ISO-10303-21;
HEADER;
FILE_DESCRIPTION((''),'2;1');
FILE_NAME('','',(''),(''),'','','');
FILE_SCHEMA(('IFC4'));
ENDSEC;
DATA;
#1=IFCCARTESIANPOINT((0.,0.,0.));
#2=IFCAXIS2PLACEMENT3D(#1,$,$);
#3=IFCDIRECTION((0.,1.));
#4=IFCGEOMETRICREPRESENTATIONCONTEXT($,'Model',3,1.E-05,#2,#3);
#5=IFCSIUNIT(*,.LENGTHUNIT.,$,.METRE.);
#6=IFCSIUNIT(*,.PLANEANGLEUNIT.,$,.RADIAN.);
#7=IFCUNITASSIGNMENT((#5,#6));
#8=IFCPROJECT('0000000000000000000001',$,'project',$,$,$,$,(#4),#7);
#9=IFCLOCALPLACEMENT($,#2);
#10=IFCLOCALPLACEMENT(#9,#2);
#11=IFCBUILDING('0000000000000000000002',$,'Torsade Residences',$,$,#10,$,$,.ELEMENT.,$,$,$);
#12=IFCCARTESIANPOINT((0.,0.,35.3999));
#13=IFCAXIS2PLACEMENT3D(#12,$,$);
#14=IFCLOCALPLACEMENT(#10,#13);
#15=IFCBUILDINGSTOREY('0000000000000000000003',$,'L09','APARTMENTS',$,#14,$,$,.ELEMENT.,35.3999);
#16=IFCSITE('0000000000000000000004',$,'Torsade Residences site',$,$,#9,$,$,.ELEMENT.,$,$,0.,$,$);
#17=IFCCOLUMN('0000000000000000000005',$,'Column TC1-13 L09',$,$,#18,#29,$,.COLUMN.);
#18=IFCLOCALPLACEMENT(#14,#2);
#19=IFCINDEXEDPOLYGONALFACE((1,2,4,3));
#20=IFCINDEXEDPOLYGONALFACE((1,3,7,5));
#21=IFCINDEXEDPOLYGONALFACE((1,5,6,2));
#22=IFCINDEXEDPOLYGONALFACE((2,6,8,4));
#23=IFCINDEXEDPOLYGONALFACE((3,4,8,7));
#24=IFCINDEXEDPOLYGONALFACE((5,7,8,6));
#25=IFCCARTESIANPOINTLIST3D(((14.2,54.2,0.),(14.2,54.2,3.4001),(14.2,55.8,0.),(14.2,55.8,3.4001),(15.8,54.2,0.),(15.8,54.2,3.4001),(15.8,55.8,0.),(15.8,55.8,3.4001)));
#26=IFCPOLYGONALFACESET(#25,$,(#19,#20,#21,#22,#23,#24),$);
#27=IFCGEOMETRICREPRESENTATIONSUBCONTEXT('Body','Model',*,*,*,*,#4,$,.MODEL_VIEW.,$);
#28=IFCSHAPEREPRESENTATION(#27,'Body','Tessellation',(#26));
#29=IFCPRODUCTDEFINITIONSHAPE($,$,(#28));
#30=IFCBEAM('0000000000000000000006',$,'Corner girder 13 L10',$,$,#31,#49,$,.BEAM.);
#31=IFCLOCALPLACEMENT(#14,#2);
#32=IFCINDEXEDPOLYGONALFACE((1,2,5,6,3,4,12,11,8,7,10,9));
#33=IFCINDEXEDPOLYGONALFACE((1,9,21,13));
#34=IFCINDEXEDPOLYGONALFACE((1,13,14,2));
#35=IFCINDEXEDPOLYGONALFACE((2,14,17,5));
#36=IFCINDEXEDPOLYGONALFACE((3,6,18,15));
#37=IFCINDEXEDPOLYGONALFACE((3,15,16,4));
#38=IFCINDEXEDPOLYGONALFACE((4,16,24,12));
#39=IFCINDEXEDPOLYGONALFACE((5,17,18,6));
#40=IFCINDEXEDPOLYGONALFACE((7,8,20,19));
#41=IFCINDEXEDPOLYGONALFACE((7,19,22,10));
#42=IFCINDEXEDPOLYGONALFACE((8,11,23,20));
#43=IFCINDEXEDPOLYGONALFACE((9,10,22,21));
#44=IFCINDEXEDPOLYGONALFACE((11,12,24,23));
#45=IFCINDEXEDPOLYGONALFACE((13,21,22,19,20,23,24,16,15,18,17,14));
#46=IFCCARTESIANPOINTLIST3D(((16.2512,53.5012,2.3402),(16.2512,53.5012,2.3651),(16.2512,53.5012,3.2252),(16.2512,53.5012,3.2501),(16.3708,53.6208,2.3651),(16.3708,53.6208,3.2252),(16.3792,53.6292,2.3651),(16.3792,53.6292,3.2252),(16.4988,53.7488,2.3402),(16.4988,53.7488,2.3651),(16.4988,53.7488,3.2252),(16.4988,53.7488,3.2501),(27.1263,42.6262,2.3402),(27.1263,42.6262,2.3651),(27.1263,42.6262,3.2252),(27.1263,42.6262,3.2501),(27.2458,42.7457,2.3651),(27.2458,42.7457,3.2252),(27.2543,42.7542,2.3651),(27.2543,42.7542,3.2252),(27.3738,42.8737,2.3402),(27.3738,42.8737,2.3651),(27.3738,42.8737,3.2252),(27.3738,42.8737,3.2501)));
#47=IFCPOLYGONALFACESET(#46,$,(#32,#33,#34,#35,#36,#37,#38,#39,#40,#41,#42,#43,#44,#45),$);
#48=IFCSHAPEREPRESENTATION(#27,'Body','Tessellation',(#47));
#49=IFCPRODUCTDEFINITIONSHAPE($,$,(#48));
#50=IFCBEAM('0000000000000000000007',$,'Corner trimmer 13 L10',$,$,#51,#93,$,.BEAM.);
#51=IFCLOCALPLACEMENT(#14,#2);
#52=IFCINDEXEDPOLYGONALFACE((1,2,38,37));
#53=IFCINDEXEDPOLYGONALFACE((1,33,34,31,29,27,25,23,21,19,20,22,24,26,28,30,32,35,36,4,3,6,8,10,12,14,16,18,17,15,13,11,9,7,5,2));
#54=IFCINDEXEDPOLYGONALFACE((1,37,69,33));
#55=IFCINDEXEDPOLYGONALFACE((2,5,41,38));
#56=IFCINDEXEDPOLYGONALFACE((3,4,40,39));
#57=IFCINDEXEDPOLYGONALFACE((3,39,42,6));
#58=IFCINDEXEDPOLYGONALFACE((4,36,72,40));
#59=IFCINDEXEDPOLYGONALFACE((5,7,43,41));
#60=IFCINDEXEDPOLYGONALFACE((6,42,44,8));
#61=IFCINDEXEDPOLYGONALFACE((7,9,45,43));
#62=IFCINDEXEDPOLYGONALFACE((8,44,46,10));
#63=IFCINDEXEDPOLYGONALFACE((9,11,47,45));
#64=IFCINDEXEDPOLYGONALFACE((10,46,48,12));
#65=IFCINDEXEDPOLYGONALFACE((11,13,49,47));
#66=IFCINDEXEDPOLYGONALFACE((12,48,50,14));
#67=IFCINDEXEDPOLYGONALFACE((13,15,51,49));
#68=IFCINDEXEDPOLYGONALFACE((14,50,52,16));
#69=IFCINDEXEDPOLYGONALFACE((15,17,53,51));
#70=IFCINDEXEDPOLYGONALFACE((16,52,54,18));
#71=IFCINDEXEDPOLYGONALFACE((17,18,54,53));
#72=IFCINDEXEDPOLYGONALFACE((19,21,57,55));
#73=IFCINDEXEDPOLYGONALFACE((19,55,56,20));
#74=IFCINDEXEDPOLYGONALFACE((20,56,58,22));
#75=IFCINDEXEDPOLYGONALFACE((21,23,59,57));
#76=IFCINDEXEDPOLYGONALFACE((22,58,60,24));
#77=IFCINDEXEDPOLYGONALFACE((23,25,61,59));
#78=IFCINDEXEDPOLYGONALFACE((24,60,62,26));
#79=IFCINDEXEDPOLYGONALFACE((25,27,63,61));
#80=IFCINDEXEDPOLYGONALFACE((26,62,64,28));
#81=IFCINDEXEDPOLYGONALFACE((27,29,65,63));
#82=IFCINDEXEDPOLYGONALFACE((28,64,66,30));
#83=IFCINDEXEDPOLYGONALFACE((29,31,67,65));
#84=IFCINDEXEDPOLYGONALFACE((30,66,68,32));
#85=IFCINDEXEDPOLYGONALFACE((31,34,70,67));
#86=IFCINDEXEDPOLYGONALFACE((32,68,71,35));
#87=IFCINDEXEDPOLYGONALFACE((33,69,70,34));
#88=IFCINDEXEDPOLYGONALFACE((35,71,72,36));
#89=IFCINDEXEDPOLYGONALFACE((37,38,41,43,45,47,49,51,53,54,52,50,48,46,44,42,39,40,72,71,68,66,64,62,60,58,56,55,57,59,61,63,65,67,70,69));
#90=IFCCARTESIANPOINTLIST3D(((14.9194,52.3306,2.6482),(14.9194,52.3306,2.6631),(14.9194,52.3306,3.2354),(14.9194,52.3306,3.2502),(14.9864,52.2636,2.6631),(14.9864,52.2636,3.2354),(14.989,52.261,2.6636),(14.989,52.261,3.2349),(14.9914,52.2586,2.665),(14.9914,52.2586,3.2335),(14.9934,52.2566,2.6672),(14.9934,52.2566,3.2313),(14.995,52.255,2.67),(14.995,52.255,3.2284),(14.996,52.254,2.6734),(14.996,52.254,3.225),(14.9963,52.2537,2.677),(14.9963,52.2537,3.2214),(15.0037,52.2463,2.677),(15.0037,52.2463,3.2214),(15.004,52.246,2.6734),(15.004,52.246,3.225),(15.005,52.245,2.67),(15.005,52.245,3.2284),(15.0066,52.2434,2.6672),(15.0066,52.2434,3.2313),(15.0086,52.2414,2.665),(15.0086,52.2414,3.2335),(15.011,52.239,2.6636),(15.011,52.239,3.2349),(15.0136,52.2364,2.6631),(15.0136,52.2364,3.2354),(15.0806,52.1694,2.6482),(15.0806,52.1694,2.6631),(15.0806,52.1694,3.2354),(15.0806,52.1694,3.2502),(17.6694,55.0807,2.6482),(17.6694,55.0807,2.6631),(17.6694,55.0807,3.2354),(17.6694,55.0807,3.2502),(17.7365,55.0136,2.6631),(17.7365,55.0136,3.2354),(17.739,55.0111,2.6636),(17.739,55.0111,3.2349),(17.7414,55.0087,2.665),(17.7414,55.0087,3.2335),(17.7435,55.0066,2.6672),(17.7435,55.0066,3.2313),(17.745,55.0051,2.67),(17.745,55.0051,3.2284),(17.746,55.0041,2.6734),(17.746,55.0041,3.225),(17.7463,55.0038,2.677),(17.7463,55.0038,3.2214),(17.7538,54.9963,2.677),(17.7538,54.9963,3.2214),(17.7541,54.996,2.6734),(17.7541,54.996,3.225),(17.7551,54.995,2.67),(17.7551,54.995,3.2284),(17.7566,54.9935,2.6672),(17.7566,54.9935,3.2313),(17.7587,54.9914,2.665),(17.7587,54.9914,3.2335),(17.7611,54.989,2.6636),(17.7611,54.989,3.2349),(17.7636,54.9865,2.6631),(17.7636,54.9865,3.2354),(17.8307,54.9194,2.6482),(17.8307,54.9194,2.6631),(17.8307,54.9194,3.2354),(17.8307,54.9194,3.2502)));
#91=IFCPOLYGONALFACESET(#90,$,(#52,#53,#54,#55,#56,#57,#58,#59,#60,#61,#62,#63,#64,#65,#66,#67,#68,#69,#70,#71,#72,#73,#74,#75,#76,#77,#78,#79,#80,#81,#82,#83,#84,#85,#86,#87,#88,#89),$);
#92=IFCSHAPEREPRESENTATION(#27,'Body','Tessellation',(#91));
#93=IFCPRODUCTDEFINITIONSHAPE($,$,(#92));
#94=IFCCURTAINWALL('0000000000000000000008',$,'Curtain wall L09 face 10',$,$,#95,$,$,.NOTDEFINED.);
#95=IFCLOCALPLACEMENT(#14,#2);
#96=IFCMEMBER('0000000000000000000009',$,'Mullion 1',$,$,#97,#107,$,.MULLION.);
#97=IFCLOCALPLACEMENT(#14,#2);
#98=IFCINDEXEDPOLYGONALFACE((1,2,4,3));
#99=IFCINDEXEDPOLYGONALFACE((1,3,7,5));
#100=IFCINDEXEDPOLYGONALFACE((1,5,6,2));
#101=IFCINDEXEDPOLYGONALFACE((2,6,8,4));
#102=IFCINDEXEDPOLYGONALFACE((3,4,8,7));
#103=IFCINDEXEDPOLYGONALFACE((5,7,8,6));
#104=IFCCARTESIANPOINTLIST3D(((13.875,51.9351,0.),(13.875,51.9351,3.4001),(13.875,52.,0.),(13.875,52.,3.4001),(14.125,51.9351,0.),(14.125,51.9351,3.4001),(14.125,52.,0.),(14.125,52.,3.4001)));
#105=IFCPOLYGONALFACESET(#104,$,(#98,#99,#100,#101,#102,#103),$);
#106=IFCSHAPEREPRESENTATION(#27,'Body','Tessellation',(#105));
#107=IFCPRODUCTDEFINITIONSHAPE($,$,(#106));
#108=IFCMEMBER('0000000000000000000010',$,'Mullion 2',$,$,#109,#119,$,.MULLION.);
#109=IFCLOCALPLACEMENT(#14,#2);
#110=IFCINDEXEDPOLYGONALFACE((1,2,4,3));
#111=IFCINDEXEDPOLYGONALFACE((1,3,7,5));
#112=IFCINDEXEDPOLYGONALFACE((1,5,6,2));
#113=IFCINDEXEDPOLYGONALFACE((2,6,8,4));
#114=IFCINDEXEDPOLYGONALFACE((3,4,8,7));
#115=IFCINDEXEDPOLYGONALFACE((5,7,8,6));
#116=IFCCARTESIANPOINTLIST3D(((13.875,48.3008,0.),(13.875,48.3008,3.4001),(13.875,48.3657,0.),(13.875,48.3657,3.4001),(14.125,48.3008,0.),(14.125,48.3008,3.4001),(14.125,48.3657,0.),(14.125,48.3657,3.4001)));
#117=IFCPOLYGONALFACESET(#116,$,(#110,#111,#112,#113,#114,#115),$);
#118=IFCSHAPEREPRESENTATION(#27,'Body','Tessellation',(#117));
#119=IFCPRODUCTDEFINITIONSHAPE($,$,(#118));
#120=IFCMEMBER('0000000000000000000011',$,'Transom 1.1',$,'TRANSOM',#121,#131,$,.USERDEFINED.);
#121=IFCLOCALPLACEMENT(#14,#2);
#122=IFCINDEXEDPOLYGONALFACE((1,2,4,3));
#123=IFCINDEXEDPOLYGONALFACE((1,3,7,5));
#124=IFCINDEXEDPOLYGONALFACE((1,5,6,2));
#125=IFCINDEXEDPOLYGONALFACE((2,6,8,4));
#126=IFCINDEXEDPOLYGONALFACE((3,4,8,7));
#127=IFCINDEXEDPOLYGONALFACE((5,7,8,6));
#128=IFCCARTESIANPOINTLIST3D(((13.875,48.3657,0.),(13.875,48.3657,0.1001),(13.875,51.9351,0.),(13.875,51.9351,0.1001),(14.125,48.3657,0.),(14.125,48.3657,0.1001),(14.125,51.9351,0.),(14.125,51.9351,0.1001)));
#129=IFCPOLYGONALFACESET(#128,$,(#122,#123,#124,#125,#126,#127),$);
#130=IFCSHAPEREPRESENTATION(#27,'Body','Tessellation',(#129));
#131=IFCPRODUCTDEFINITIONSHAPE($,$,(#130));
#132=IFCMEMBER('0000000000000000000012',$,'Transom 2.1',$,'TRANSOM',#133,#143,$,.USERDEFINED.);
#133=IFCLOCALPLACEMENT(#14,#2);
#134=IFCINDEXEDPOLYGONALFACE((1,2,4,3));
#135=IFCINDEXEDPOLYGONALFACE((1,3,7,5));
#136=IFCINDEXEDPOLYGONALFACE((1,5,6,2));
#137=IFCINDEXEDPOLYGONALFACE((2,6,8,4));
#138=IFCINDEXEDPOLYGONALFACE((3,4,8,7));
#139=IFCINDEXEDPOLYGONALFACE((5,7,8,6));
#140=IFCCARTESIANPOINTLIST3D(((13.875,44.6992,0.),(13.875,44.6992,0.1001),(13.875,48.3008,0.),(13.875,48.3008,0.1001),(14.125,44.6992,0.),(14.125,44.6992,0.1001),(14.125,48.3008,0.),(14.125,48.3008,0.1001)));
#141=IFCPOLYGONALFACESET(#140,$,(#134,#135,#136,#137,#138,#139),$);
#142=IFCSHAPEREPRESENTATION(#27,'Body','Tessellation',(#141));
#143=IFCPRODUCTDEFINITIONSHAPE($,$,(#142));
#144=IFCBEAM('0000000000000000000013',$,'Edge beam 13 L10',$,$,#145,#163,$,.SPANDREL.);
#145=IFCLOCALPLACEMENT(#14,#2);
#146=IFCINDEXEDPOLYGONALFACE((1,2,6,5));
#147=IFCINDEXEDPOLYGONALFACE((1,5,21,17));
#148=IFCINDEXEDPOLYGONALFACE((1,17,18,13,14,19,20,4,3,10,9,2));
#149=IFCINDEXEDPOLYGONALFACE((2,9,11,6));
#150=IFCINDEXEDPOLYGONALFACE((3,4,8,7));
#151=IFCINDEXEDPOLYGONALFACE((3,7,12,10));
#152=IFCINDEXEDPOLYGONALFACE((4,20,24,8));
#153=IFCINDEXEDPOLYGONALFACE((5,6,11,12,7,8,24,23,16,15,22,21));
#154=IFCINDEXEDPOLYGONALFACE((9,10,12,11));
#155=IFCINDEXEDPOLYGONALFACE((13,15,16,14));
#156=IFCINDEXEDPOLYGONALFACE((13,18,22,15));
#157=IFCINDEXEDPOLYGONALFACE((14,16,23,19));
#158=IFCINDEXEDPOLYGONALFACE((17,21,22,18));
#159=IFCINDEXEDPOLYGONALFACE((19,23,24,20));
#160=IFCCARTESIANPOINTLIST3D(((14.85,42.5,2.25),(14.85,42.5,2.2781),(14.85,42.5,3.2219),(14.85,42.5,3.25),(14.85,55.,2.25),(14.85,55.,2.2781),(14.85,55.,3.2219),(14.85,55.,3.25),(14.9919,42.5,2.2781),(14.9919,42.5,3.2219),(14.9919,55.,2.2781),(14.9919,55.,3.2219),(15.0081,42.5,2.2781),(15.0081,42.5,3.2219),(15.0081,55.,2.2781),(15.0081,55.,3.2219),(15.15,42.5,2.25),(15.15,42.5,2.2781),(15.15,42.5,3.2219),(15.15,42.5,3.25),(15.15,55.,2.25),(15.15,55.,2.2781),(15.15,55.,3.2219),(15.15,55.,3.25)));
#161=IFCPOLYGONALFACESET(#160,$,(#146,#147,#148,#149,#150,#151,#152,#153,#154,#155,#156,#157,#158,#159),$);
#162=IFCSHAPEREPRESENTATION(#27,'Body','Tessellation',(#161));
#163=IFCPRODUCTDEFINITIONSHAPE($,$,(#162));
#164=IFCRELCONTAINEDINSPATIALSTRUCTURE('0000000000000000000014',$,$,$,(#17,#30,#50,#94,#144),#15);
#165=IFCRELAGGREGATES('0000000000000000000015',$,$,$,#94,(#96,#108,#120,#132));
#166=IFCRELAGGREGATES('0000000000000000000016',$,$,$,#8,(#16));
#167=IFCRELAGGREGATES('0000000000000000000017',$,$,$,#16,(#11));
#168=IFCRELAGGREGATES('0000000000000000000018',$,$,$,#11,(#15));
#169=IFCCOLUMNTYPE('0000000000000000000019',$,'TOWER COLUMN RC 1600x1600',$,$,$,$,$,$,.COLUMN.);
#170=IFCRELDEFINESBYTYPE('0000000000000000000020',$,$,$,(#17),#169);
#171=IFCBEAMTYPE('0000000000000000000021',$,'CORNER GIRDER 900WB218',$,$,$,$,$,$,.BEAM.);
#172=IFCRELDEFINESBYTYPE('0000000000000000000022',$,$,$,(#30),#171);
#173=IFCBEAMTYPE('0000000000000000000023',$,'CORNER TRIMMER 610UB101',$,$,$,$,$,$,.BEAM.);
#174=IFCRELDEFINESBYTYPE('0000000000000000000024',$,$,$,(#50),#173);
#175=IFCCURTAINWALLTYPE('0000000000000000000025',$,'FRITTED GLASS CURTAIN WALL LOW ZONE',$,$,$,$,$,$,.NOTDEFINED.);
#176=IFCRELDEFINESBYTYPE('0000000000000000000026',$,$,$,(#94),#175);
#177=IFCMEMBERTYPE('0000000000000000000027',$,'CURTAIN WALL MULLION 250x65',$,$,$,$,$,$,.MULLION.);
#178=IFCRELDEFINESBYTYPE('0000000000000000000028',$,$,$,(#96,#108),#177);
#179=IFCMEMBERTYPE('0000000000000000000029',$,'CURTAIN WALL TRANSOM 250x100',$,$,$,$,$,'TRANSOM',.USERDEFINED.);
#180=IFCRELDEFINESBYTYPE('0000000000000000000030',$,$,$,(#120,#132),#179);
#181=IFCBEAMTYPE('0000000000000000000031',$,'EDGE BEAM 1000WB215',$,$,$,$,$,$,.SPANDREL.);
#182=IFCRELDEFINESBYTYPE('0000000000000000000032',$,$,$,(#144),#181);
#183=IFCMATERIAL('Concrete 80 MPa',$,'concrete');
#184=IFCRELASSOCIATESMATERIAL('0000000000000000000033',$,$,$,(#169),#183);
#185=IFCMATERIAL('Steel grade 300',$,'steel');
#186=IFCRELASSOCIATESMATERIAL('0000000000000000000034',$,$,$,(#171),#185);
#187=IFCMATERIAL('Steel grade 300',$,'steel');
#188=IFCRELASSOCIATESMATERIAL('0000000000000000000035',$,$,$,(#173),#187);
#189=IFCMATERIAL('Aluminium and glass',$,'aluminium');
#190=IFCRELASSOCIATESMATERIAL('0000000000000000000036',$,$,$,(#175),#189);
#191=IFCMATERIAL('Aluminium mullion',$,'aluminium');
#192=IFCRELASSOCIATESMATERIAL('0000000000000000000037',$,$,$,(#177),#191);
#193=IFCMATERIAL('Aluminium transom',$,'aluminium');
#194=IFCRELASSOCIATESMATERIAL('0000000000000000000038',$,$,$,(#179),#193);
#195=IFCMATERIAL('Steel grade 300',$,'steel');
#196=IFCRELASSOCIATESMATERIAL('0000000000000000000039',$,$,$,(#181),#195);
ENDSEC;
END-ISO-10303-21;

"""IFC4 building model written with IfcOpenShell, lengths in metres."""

from ifc_helpers import new_model, si_unit, direction, frame, origin, origin_2d, place, context, subcontext, project, spatial, rectangle, i_section, extrude, material, material_profile, profile_set, type_object, element, aggregate, save


model = new_model("IFC4")

# Units and contexts
model_context = context("Model", 3, precision=1e-05, world=origin(), true_north=direction((0.0, 1.0)))
body_context = subcontext(model_context, "Body", "Model", "MODEL_VIEW")
ifc_project = project(units=[si_unit("LENGTHUNIT", "METRE"), si_unit("PLANEANGLEUNIT", "RADIAN")], contexts=[model_context])

# Site, building, storey
site_placement = place(None, origin())
site = spatial("IfcSite", under=ifc_project, at=site_placement, Name="Torsade Residences site", CompositionType="ELEMENT", RefElevation=0.0)
building_placement = place(site_placement, origin())
building = spatial("IfcBuilding", under=site, at=building_placement, Name="Torsade Residences", CompositionType="ELEMENT")
storey_placement = place(building_placement, frame((0.0, 0.0, 35.3999)))
storey = spatial("IfcBuildingStorey", under=building, at=storey_placement, Name="L09", Description="APARTMENTS", CompositionType="ELEMENT", Elevation=35.3999)

# Column
ifc_material_1 = material(Name="Concrete 80 MPa", Category="concrete")
ifc_material_profile_1 = material_profile(ifc_material_1, rectangle(XDim=1.6001, YDim=1.6001, at=origin_2d()), Name="RC 1600x1600")
ifc_profile_set_1 = profile_set([ifc_material_profile_1], Name="Concrete 80 MPa")
column_type = type_object("IfcColumnType", Name="TOWER COLUMN RC 1600x1600", PredefinedType="COLUMN", material=ifc_profile_set_1)
column_placement = place(storey_placement, frame((15.0, 55.0, 0.0), z_axis=(0.0, 0.0, 1.0), x_axis=(1.0, 0.0, 0.0)))
element("IfcColumn", 1, at=column_placement, inside=storey, type_object=column_type, Name="Column TC1-13 L09", PredefinedType="COLUMN", context=body_context, shape_type="SweptSolid", body=[
    extrude(rectangle(XDim=1.6001, YDim=1.6001, at=origin_2d()), origin(), (0.0, 0.0, 1.0), 3.4001),
])

# Beams
ifc_material_2 = material(Name="Steel grade 300", Category="steel")
ifc_material_profile_2 = material_profile(ifc_material_2, i_section(OverallWidth=0.3501, OverallDepth=0.9099, WebThickness=0.012, FlangeThickness=0.0249, at=origin_2d()), Name="900WB218")
ifc_profile_set_2 = profile_set([ifc_material_profile_2], Name="Steel grade 300")
beam_type_1 = type_object("IfcBeamType", Name="CORNER GIRDER 900WB218", PredefinedType="BEAM", material=ifc_profile_set_2)
beam_1_placement = place(storey_placement, frame((16.375, 53.625, 2.7952), z_axis=(0.707107, -0.707107, 0.0), x_axis=(0.707107, 0.707107, 0.0)))
element("IfcBeam", 2, at=beam_1_placement, inside=storey, type_object=beam_type_1, Name="Corner girder 13 L10", PredefinedType="BEAM", context=body_context, shape_type="SweptSolid", body=[
    extrude(i_section(OverallWidth=0.3501, OverallDepth=0.9099, WebThickness=0.012, FlangeThickness=0.0249, at=origin_2d()), origin(), (0.0, 0.0, 1.0), 15.3796),
])
ifc_material_3 = material(Name="Steel grade 300", Category="steel")
ifc_material_profile_3 = material_profile(ifc_material_3, i_section(OverallWidth=0.228, OverallDepth=0.6021, WebThickness=0.0105, FlangeThickness=0.0149, FilletRadius=0.0139, at=origin_2d()), Name="610UB101")
ifc_profile_set_3 = profile_set([ifc_material_profile_3], Name="Steel grade 300")
beam_type_2 = type_object("IfcBeamType", Name="CORNER TRIMMER 610UB101", PredefinedType="BEAM", material=ifc_profile_set_3)
beam_2_placement = place(storey_placement, frame((15.0, 52.25, 2.9492), z_axis=(0.707107, 0.707107, 0.0), x_axis=(-0.707107, 0.707107, 0.0)))
element("IfcBeam", 3, at=beam_2_placement, inside=storey, type_object=beam_type_2, Name="Corner trimmer 13 L10", PredefinedType="BEAM", context=body_context, shape_type="SweptSolid", body=[
    extrude(i_section(OverallWidth=0.228, OverallDepth=0.6021, WebThickness=0.0105, FlangeThickness=0.0149, FilletRadius=0.0139, at=origin_2d()), origin(), (0.0, 0.0, 1.0), 3.8892),
])

# Curtain wall, members
ifc_material_4 = material(Name="Aluminium and glass", Category="aluminium")
curtain_wall_type = type_object("IfcCurtainWallType", Name="FRITTED GLASS CURTAIN WALL LOW ZONE", PredefinedType="NOTDEFINED", material=ifc_material_4)
curtain_wall_placement = place(storey_placement, origin())
curtain_wall = element("IfcCurtainWall", 4, at=curtain_wall_placement, inside=storey, type_object=curtain_wall_type, Name="Curtain wall L09 face 10", PredefinedType="NOTDEFINED")
ifc_material_5 = material(Name="Aluminium mullion", Category="aluminium")
ifc_material_profile_4 = material_profile(ifc_material_5, rectangle(XDim=0.25, YDim=0.0649, at=origin_2d()), Name="CURTAIN WALL MULLION 250x65")
ifc_profile_set_4 = profile_set([ifc_material_profile_4], Name="Aluminium mullion")
member_type_1 = type_object("IfcMemberType", Name="CURTAIN WALL MULLION 250x65", PredefinedType="MULLION", material=ifc_profile_set_4)
member_1_placement = place(storey_placement, frame((14.0, 51.9675, 0.0), z_axis=(0.0, 0.0, 1.0), x_axis=(1.0, 0.0, 0.0)))
member_1 = element("IfcMember", 5, at=member_1_placement, type_object=member_type_1, Name="Mullion 1", PredefinedType="MULLION", context=body_context, shape_type="SweptSolid", body=[
    extrude(rectangle(XDim=0.25, YDim=0.0649, at=origin_2d()), origin(), (0.0, 0.0, 1.0), 3.4001),
])
member_2_placement = place(storey_placement, frame((14.0, 48.3333, 0.0), z_axis=(0.0, 0.0, 1.0), x_axis=(1.0, 0.0, 0.0)))
member_2 = element("IfcMember", 6, at=member_2_placement, type_object=member_type_1, Name="Mullion 2", PredefinedType="MULLION", context=body_context, shape_type="SweptSolid", body=[
    extrude(rectangle(XDim=0.25, YDim=0.0649, at=origin_2d()), origin(), (0.0, 0.0, 1.0), 3.4001),
])
ifc_material_6 = material(Name="Aluminium transom", Category="aluminium")
ifc_material_profile_5 = material_profile(ifc_material_6, rectangle(XDim=0.25, YDim=0.1001, at=origin_2d()), Name="CURTAIN WALL TRANSOM 250x100")
ifc_profile_set_5 = profile_set([ifc_material_profile_5], Name="Aluminium transom")
member_type_2 = type_object("IfcMemberType", Name="CURTAIN WALL TRANSOM 250x100", ElementType="TRANSOM", PredefinedType="USERDEFINED", material=ifc_profile_set_5)
member_3_placement = place(storey_placement, frame((14.0, 51.9351, 0.05), z_axis=(0.0, -1.0, 0.0), x_axis=(1.0, 0.0, 0.0)))
member_3 = element("IfcMember", 7, at=member_3_placement, type_object=member_type_2, Name="Transom 1.1", ObjectType="TRANSOM", PredefinedType="USERDEFINED", context=body_context, shape_type="SweptSolid", body=[
    extrude(rectangle(XDim=0.25, YDim=0.1001, at=origin_2d()), origin(), (0.0, 0.0, 1.0), 3.5693),
])
member_4_placement = place(storey_placement, frame((14.0, 48.3008, 0.05), z_axis=(0.0, -1.0, 0.0), x_axis=(1.0, 0.0, 0.0)))
member_4 = element("IfcMember", 8, at=member_4_placement, type_object=member_type_2, Name="Transom 2.1", ObjectType="TRANSOM", PredefinedType="USERDEFINED", context=body_context, shape_type="SweptSolid", body=[
    extrude(rectangle(XDim=0.25, YDim=0.1001, at=origin_2d()), origin(), (0.0, 0.0, 1.0), 3.6016),
])

# Beam
ifc_material_7 = material(Name="Steel grade 300", Category="steel")
ifc_material_profile_6 = material_profile(ifc_material_7, i_section(OverallWidth=0.3, OverallDepth=1.0, WebThickness=0.0161, FlangeThickness=0.0281, at=origin_2d()), Name="1000WB215")
ifc_profile_set_6 = profile_set([ifc_material_profile_6], Name="Steel grade 300")
beam_type_3 = type_object("IfcBeamType", Name="EDGE BEAM 1000WB215", PredefinedType="SPANDREL", material=ifc_profile_set_6)
beam_3_placement = place(storey_placement, frame((15.0, 55.0, 2.75), z_axis=(0.0, -1.0, 0.0), x_axis=(1.0, 0.0, 0.0)))
element("IfcBeam", 9, at=beam_3_placement, inside=storey, type_object=beam_type_3, Name="Edge beam 13 L10", PredefinedType="SPANDREL", context=body_context, shape_type="SweptSolid", body=[
    extrude(i_section(OverallWidth=0.3, OverallDepth=1.0, WebThickness=0.0161, FlangeThickness=0.0281, at=origin_2d()), origin(), (0.0, 0.0, 1.0), 12.5),
])

aggregate(curtain_wall, [member_1, member_2, member_3, member_4])

save(model, "model.ifc")
